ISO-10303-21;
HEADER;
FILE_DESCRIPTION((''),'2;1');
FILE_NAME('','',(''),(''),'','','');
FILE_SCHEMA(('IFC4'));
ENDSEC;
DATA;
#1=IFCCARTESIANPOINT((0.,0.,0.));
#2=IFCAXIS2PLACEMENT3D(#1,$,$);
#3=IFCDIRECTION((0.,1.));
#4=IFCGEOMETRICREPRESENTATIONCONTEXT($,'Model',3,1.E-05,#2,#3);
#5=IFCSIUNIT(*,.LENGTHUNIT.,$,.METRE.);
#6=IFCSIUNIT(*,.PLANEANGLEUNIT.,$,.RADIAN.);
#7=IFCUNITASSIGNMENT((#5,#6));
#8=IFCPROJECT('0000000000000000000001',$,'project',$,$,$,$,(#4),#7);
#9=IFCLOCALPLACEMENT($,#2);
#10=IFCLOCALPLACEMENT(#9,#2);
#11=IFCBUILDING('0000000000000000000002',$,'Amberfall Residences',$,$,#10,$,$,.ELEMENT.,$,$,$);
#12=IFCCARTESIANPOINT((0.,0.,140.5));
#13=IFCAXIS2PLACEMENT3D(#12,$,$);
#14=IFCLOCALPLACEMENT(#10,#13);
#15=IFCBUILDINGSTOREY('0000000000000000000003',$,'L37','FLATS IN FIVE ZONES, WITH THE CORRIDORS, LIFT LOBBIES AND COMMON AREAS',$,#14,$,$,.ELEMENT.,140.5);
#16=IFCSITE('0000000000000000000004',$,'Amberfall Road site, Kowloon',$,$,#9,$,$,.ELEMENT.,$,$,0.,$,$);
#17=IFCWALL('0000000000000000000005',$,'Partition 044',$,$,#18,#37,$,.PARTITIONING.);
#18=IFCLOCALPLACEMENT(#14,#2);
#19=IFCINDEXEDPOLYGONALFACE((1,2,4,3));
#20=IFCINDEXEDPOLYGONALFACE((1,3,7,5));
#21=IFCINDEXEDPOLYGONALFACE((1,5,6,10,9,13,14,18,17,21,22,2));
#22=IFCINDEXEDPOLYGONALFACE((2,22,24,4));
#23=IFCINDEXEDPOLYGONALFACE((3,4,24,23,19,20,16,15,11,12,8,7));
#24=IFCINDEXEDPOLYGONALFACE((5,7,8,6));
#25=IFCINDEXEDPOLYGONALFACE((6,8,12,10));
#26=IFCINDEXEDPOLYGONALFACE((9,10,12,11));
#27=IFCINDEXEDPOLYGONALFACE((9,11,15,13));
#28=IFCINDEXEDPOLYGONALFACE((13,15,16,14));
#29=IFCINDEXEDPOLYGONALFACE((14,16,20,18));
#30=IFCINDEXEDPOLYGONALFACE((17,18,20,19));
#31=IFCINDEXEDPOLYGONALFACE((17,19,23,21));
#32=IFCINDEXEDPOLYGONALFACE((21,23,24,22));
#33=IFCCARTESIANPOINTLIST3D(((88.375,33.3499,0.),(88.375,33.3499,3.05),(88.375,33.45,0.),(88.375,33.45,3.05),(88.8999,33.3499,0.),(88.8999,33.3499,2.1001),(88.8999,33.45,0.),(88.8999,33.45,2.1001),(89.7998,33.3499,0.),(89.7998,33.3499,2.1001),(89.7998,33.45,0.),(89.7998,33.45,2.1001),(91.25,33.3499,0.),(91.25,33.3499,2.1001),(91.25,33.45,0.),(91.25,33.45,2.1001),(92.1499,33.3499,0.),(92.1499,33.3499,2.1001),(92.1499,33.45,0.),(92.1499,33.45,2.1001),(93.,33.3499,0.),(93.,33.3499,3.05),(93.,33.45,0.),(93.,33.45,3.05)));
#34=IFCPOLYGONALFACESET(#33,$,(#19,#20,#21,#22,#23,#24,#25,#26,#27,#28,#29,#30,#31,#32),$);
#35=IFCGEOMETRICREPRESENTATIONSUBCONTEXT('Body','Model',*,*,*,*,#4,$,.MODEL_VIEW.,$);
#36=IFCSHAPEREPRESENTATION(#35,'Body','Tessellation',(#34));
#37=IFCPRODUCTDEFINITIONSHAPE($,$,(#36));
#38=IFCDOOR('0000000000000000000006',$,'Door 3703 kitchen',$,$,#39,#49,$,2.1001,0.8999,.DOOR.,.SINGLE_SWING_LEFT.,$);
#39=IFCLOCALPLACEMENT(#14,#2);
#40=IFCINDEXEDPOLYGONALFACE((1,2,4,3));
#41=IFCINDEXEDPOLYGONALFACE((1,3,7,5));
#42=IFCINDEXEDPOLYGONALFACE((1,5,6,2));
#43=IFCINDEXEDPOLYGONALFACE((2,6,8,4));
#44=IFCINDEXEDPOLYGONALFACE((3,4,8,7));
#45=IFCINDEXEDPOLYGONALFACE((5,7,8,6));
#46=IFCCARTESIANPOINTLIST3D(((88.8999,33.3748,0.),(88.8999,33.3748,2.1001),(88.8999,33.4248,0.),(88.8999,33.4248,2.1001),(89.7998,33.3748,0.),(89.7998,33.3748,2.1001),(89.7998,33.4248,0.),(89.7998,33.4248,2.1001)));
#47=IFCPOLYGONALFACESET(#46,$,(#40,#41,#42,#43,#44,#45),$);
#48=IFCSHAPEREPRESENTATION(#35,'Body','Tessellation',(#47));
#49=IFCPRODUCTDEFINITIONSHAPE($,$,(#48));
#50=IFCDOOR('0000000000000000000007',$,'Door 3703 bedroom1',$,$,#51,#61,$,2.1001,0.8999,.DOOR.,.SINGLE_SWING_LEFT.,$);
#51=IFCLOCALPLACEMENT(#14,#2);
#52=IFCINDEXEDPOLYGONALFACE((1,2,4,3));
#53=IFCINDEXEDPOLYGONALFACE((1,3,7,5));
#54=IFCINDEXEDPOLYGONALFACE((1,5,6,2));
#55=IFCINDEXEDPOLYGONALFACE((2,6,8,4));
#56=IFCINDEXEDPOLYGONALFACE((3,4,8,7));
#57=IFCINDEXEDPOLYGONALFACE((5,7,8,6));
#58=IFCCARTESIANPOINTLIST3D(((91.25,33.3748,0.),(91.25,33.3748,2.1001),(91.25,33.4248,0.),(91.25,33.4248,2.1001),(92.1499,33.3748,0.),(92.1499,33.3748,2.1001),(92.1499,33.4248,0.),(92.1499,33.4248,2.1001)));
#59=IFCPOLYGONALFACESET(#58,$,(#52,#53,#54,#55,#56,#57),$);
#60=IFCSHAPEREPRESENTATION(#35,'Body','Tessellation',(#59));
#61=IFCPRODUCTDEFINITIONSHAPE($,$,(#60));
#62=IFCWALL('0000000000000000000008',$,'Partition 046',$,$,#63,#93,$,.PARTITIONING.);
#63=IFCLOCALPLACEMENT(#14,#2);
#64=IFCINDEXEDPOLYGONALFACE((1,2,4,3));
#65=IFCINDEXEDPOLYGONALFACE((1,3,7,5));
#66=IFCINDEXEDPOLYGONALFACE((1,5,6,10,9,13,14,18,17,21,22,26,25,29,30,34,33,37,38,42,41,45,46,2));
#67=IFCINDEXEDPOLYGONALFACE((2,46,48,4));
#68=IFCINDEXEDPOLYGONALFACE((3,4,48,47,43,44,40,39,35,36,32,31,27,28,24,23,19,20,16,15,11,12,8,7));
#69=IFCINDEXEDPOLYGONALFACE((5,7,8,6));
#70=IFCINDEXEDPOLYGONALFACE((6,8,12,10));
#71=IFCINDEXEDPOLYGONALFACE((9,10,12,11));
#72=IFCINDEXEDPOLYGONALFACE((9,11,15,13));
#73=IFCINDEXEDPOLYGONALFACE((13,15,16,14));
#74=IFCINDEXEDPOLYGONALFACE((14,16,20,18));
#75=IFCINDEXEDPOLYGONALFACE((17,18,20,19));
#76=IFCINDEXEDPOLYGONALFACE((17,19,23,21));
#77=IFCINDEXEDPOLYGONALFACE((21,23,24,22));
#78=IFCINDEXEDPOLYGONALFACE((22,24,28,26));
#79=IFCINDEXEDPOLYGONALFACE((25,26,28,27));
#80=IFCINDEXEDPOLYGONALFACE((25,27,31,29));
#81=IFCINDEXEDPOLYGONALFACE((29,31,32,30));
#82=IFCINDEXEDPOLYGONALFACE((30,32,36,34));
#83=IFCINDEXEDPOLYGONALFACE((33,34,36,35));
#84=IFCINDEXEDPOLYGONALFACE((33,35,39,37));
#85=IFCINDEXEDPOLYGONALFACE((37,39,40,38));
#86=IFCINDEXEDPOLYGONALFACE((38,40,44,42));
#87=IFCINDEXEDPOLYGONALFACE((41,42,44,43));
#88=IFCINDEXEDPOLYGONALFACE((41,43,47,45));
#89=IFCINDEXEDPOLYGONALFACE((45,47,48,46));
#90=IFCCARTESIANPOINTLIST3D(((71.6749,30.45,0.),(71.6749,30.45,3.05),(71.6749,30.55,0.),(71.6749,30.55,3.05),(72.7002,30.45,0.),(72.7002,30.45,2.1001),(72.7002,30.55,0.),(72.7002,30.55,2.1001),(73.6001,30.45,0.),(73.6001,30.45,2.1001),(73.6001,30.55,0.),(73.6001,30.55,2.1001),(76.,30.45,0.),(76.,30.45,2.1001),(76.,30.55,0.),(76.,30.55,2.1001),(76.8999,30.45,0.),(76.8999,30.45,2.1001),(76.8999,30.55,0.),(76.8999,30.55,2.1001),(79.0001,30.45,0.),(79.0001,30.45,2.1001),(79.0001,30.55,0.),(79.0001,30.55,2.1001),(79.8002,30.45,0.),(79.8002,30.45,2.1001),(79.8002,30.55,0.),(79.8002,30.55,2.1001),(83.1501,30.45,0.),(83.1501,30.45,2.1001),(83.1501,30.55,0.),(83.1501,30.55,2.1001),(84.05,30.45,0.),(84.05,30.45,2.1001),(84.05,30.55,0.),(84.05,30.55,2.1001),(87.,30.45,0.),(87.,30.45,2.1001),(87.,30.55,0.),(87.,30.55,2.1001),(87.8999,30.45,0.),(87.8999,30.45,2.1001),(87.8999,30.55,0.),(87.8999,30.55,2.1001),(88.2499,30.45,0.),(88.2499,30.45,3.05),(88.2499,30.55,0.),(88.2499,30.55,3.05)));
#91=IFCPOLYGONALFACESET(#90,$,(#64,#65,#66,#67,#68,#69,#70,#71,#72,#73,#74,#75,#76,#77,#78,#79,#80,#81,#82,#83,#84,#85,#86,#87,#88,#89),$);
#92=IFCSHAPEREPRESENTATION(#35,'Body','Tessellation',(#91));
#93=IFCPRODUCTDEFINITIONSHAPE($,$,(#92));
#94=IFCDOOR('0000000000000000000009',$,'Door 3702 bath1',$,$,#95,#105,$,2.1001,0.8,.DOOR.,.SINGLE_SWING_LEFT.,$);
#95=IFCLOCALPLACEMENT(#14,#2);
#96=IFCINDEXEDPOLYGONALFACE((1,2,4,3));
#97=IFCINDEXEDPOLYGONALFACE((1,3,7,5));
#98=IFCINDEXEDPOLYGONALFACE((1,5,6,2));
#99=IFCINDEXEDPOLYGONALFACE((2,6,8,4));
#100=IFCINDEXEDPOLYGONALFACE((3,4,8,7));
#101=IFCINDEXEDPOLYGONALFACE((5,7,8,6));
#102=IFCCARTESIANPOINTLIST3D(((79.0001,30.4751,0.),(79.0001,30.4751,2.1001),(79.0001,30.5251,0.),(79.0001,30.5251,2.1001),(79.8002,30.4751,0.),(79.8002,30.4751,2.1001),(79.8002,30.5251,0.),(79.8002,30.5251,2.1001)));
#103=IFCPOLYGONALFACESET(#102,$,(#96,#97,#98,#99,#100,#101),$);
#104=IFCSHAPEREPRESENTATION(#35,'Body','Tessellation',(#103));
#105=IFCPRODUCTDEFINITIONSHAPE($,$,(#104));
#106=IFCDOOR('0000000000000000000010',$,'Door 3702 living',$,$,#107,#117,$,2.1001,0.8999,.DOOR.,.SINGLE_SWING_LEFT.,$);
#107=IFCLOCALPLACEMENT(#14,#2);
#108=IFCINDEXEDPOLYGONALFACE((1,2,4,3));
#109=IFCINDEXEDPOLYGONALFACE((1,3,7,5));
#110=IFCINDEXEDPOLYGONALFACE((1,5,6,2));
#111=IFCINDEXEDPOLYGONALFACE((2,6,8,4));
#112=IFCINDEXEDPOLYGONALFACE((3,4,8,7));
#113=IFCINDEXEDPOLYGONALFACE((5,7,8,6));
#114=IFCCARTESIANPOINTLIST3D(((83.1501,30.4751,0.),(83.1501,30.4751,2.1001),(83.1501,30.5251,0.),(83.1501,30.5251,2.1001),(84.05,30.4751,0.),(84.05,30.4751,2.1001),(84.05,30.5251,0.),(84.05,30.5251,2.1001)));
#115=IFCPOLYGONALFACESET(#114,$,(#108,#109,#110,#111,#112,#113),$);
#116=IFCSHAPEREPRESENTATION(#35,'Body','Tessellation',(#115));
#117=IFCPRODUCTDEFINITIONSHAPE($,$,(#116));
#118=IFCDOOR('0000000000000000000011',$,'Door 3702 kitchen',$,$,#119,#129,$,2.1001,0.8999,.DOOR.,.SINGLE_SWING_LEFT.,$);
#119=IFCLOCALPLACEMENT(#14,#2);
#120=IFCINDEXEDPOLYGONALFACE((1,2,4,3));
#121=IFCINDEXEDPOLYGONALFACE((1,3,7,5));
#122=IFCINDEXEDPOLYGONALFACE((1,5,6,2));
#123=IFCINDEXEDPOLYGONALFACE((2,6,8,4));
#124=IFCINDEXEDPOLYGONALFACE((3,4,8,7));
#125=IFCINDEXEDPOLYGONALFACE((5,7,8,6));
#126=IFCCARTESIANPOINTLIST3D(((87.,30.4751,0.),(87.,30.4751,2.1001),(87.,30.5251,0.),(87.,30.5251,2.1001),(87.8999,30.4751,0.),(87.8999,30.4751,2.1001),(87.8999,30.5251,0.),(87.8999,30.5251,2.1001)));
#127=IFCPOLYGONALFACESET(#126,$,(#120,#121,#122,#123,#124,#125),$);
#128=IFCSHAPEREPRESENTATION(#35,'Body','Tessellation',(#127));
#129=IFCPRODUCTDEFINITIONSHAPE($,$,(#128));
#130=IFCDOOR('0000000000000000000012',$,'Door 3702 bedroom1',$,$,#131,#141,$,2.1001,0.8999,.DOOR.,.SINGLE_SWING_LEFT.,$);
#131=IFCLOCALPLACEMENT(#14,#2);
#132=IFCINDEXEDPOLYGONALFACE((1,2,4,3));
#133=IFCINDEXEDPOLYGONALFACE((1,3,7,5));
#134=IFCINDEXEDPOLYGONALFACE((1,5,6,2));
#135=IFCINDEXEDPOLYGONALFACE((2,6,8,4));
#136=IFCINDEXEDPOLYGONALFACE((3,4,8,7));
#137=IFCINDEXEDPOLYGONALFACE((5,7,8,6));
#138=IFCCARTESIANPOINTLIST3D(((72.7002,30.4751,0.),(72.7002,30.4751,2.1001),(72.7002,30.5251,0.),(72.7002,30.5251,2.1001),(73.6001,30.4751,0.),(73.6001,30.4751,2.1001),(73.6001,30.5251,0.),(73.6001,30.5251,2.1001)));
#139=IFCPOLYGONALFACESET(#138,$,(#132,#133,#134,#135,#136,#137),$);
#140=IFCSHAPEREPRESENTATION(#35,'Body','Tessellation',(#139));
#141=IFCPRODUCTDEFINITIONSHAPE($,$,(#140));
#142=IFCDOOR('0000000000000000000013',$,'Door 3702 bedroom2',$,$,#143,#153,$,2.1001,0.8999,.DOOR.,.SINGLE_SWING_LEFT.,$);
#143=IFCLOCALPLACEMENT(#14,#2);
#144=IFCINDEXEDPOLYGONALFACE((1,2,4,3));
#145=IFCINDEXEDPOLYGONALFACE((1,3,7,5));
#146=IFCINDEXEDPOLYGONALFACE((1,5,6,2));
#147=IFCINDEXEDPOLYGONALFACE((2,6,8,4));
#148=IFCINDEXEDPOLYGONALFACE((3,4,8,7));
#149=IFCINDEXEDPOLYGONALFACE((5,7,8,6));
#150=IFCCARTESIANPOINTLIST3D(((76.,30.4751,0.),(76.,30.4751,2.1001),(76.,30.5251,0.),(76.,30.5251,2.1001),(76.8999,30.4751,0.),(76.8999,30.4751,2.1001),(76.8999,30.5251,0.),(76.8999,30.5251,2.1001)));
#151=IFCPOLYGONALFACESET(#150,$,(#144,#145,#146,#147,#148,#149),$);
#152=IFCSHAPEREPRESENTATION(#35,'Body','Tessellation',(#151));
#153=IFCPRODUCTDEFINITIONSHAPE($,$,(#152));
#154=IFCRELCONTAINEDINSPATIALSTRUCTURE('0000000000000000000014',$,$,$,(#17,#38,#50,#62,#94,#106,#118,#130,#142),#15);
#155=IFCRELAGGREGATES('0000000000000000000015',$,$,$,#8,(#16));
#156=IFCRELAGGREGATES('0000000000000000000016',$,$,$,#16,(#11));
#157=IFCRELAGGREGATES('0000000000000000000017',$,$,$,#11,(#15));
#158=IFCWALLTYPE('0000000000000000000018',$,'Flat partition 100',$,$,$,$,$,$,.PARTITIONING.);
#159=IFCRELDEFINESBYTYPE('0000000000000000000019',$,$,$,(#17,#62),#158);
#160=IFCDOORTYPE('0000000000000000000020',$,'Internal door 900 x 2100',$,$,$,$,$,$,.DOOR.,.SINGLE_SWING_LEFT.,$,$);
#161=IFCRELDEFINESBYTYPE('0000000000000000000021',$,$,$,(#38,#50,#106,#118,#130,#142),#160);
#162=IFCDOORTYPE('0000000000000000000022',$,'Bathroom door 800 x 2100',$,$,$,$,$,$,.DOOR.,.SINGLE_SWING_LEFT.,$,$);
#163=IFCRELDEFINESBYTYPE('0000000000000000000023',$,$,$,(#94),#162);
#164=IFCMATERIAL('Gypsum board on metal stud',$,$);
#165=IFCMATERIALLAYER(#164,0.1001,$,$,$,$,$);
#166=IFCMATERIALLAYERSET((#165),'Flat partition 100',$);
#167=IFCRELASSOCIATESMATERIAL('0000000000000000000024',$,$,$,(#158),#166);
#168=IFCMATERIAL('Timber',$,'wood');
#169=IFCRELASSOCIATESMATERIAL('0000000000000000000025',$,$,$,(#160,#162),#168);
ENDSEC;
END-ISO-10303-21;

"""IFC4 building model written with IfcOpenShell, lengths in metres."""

from ifc_helpers import new_model, si_unit, direction, frame, frame_2d, origin, place, context, subcontext, project, spatial, rectangle, extrude, material, layer, layer_set, type_object, element, fill, save


model = new_model("IFC4")

# Units and contexts
model_context = context("Model", 3, precision=1e-05, world=origin(), true_north=direction((0.0, 1.0)))
body_context = subcontext(model_context, "Body", "Model", "MODEL_VIEW")
ifc_project = project(units=[si_unit("LENGTHUNIT", "METRE"), si_unit("PLANEANGLEUNIT", "RADIAN")], contexts=[model_context])

# Site, building, storey
site_placement = place(None, origin())
site = spatial("IfcSite", under=ifc_project, at=site_placement, Name="Amberfall Road site, Kowloon", CompositionType="ELEMENT", RefElevation=0.0)
building_placement = place(site_placement, origin())
building = spatial("IfcBuilding", under=site, at=building_placement, Name="Amberfall Residences", CompositionType="ELEMENT")
storey_placement = place(building_placement, frame((0.0, 0.0, 140.5)))
storey = spatial("IfcBuildingStorey", under=building, at=storey_placement, Name="L37", Description="FLATS IN FIVE ZONES, WITH THE CORRIDORS, LIFT LOBBIES AND COMMON AREAS", CompositionType="ELEMENT", Elevation=140.5)

# Shared definitions
ifc_material_1 = material(Name="Gypsum board on metal stud")
ifc_layer_1 = layer(ifc_material_1, 0.1001)
ifc_layer_set_1 = layer_set([ifc_layer_1], Name="Flat partition 100")
wall_type_1 = type_object("IfcWallType", Name="Flat partition 100", PredefinedType="PARTITIONING", material=ifc_layer_set_1)

# Walls, openings, doors
wall_1_placement = place(storey_placement, frame((88.375, 33.3999, 0.0), z_axis=(0.0, 0.0, 1.0), x_axis=(1.0, 0.0, 0.0)))
wall_1 = element("IfcWall", 1, at=wall_1_placement, inside=storey, type_object=wall_type_1, Name="Partition 044", PredefinedType="PARTITIONING", context=body_context, shape_type="SweptSolid", body=[
    extrude(rectangle(XDim=4.625, YDim=0.1001, at=frame_2d((2.3125, 0.0))), origin(), (0.0, 0.0, 1.0), 3.05),
])
opening_1_placement = place(wall_1_placement, frame((0.5249, 0.0, 0.0)))
opening_1 = element("IfcOpeningElement", 2, at=opening_1_placement, cuts=wall_1, PredefinedType="OPENING", context=body_context, shape_type="SweptSolid", body=[
    extrude(rectangle(XDim=0.8999, YDim=2.1001, at=frame_2d((0.45, 1.05))), frame((0.0, 0.0601, 0.0), z_axis=(0.0, -1.0, 0.0), x_axis=(1.0, 0.0, 0.0)), (0.0, 0.0, 1.0), 0.1201),
])
opening_2_placement = place(wall_1_placement, frame((2.875, 0.0, 0.0)))
opening_2 = element("IfcOpeningElement", 3, at=opening_2_placement, cuts=wall_1, PredefinedType="OPENING", context=body_context, shape_type="SweptSolid", body=[
    extrude(rectangle(XDim=0.8999, YDim=2.1001, at=frame_2d((0.45, 1.05))), frame((0.0, 0.0601, 0.0), z_axis=(0.0, -1.0, 0.0), x_axis=(1.0, 0.0, 0.0)), (0.0, 0.0, 1.0), 0.1201),
])
ifc_material_2 = material(Name="Timber", Category="wood")
door_type_1 = type_object("IfcDoorType", Name="Internal door 900 x 2100", OperationType="SINGLE_SWING_LEFT", PredefinedType="DOOR", material=ifc_material_2)
door_1_placement = place(opening_1_placement, origin())
door_1 = element("IfcDoor", 4, at=door_1_placement, inside=storey, type_object=door_type_1, Name="Door 3703 kitchen", OperationType="SINGLE_SWING_LEFT", OverallHeight=2.1001, OverallWidth=0.8999, PredefinedType="DOOR", context=body_context, shape_type="SweptSolid", body=[
    extrude(rectangle(XDim=0.8999, YDim=2.1001, at=frame_2d((0.45, 1.05))), frame((0.0, 0.0249, 0.0), z_axis=(0.0, -1.0, 0.0), x_axis=(1.0, 0.0, 0.0)), (0.0, 0.0, 1.0), 0.05),
])
fill(opening_1, door_1)
door_2_placement = place(opening_2_placement, origin())
door_2 = element("IfcDoor", 5, at=door_2_placement, inside=storey, type_object=door_type_1, Name="Door 3703 bedroom1", OperationType="SINGLE_SWING_LEFT", OverallHeight=2.1001, OverallWidth=0.8999, PredefinedType="DOOR", context=body_context, shape_type="SweptSolid", body=[
    extrude(rectangle(XDim=0.8999, YDim=2.1001, at=frame_2d((0.45, 1.05))), frame((0.0, 0.0249, 0.0), z_axis=(0.0, -1.0, 0.0), x_axis=(1.0, 0.0, 0.0)), (0.0, 0.0, 1.0), 0.05),
])
fill(opening_2, door_2)
wall_2_placement = place(storey_placement, frame((88.25, 30.5, 0.0), z_axis=(0.0, 0.0, 1.0), x_axis=(-1.0, 0.0, 0.0)))
wall_2 = element("IfcWall", 6, at=wall_2_placement, inside=storey, type_object=wall_type_1, Name="Partition 046", PredefinedType="PARTITIONING", context=body_context, shape_type="SweptSolid", body=[
    extrude(rectangle(XDim=16.575, YDim=0.1001, at=frame_2d((8.2876, 0.0))), origin(), (0.0, 0.0, 1.0), 3.05),
])
opening_3_placement = place(wall_2_placement, frame((4.2, 0.0, 0.0)))
opening_3 = element("IfcOpeningElement", 7, at=opening_3_placement, cuts=wall_2, PredefinedType="OPENING", context=body_context, shape_type="SweptSolid", body=[
    extrude(rectangle(XDim=0.8999, YDim=2.1001, at=frame_2d((0.45, 1.05))), frame((0.0, 0.0601, 0.0), z_axis=(0.0, -1.0, 0.0), x_axis=(1.0, 0.0, 0.0)), (0.0, 0.0, 1.0), 0.1201),
])
opening_4_placement = place(wall_2_placement, frame((0.3501, 0.0, 0.0)))
opening_4 = element("IfcOpeningElement", 8, at=opening_4_placement, cuts=wall_2, PredefinedType="OPENING", context=body_context, shape_type="SweptSolid", body=[
    extrude(rectangle(XDim=0.8999, YDim=2.1001, at=frame_2d((0.45, 1.05))), frame((0.0, 0.0601, 0.0), z_axis=(0.0, -1.0, 0.0), x_axis=(1.0, 0.0, 0.0)), (0.0, 0.0, 1.0), 0.1201),
])
opening_5_placement = place(wall_2_placement, frame((14.6499, 0.0, 0.0)))
opening_5 = element("IfcOpeningElement", 9, at=opening_5_placement, cuts=wall_2, PredefinedType="OPENING", context=body_context, shape_type="SweptSolid", body=[
    extrude(rectangle(XDim=0.8999, YDim=2.1001, at=frame_2d((0.45, 1.05))), frame((0.0, 0.0601, 0.0), z_axis=(0.0, -1.0, 0.0), x_axis=(1.0, 0.0, 0.0)), (0.0, 0.0, 1.0), 0.1201),
])
opening_6_placement = place(wall_2_placement, frame((11.3501, 0.0, 0.0)))
opening_6 = element("IfcOpeningElement", 10, at=opening_6_placement, cuts=wall_2, PredefinedType="OPENING", context=body_context, shape_type="SweptSolid", body=[
    extrude(rectangle(XDim=0.8999, YDim=2.1001, at=frame_2d((0.45, 1.05))), frame((0.0, 0.0601, 0.0), z_axis=(0.0, -1.0, 0.0), x_axis=(1.0, 0.0, 0.0)), (0.0, 0.0, 1.0), 0.1201),
])
opening_7_placement = place(wall_2_placement, frame((8.45, 0.0, 0.0)))
opening_7 = element("IfcOpeningElement", 11, at=opening_7_placement, cuts=wall_2, PredefinedType="OPENING", context=body_context, shape_type="SweptSolid", body=[
    extrude(rectangle(XDim=0.8, YDim=2.1001, at=frame_2d((0.3999, 1.05))), frame((0.0, 0.0601, 0.0), z_axis=(0.0, -1.0, 0.0), x_axis=(1.0, 0.0, 0.0)), (0.0, 0.0, 1.0), 0.1201),
])
door_type_2 = type_object("IfcDoorType", Name="Bathroom door 800 x 2100", OperationType="SINGLE_SWING_LEFT", PredefinedType="DOOR", material=ifc_material_2)
door_3_placement = place(opening_7_placement, origin())
door_3 = element("IfcDoor", 12, at=door_3_placement, inside=storey, type_object=door_type_2, Name="Door 3702 bath1", OperationType="SINGLE_SWING_LEFT", OverallHeight=2.1001, OverallWidth=0.8, PredefinedType="DOOR", context=body_context, shape_type="SweptSolid", body=[
    extrude(rectangle(XDim=0.8, YDim=2.1001, at=frame_2d((0.3999, 1.05))), frame((0.0, 0.0249, 0.0), z_axis=(0.0, -1.0, 0.0), x_axis=(1.0, 0.0, 0.0)), (0.0, 0.0, 1.0), 0.05),
])
fill(opening_7, door_3)
door_4_placement = place(opening_3_placement, origin())
door_4 = element("IfcDoor", 13, at=door_4_placement, inside=storey, type_object=door_type_1, Name="Door 3702 living", OperationType="SINGLE_SWING_LEFT", OverallHeight=2.1001, OverallWidth=0.8999, PredefinedType="DOOR", context=body_context, shape_type="SweptSolid", body=[
    extrude(rectangle(XDim=0.8999, YDim=2.1001, at=frame_2d((0.45, 1.05))), frame((0.0, 0.0249, 0.0), z_axis=(0.0, -1.0, 0.0), x_axis=(1.0, 0.0, 0.0)), (0.0, 0.0, 1.0), 0.05),
])
fill(opening_3, door_4)
door_5_placement = place(opening_4_placement, origin())
door_5 = element("IfcDoor", 14, at=door_5_placement, inside=storey, type_object=door_type_1, Name="Door 3702 kitchen", OperationType="SINGLE_SWING_LEFT", OverallHeight=2.1001, OverallWidth=0.8999, PredefinedType="DOOR", context=body_context, shape_type="SweptSolid", body=[
    extrude(rectangle(XDim=0.8999, YDim=2.1001, at=frame_2d((0.45, 1.05))), frame((0.0, 0.0249, 0.0), z_axis=(0.0, -1.0, 0.0), x_axis=(1.0, 0.0, 0.0)), (0.0, 0.0, 1.0), 0.05),
])
fill(opening_4, door_5)
door_6_placement = place(opening_5_placement, origin())
door_6 = element("IfcDoor", 15, at=door_6_placement, inside=storey, type_object=door_type_1, Name="Door 3702 bedroom1", OperationType="SINGLE_SWING_LEFT", OverallHeight=2.1001, OverallWidth=0.8999, PredefinedType="DOOR", context=body_context, shape_type="SweptSolid", body=[
    extrude(rectangle(XDim=0.8999, YDim=2.1001, at=frame_2d((0.45, 1.05))), frame((0.0, 0.0249, 0.0), z_axis=(0.0, -1.0, 0.0), x_axis=(1.0, 0.0, 0.0)), (0.0, 0.0, 1.0), 0.05),
])
fill(opening_5, door_6)
door_7_placement = place(opening_6_placement, origin())
door_7 = element("IfcDoor", 16, at=door_7_placement, inside=storey, type_object=door_type_1, Name="Door 3702 bedroom2", OperationType="SINGLE_SWING_LEFT", OverallHeight=2.1001, OverallWidth=0.8999, PredefinedType="DOOR", context=body_context, shape_type="SweptSolid", body=[
    extrude(rectangle(XDim=0.8999, YDim=2.1001, at=frame_2d((0.45, 1.05))), frame((0.0, 0.0249, 0.0), z_axis=(0.0, -1.0, 0.0), x_axis=(1.0, 0.0, 0.0)), (0.0, 0.0, 1.0), 0.05),
])
fill(opening_6, door_7)

save(model, "model.ifc")
